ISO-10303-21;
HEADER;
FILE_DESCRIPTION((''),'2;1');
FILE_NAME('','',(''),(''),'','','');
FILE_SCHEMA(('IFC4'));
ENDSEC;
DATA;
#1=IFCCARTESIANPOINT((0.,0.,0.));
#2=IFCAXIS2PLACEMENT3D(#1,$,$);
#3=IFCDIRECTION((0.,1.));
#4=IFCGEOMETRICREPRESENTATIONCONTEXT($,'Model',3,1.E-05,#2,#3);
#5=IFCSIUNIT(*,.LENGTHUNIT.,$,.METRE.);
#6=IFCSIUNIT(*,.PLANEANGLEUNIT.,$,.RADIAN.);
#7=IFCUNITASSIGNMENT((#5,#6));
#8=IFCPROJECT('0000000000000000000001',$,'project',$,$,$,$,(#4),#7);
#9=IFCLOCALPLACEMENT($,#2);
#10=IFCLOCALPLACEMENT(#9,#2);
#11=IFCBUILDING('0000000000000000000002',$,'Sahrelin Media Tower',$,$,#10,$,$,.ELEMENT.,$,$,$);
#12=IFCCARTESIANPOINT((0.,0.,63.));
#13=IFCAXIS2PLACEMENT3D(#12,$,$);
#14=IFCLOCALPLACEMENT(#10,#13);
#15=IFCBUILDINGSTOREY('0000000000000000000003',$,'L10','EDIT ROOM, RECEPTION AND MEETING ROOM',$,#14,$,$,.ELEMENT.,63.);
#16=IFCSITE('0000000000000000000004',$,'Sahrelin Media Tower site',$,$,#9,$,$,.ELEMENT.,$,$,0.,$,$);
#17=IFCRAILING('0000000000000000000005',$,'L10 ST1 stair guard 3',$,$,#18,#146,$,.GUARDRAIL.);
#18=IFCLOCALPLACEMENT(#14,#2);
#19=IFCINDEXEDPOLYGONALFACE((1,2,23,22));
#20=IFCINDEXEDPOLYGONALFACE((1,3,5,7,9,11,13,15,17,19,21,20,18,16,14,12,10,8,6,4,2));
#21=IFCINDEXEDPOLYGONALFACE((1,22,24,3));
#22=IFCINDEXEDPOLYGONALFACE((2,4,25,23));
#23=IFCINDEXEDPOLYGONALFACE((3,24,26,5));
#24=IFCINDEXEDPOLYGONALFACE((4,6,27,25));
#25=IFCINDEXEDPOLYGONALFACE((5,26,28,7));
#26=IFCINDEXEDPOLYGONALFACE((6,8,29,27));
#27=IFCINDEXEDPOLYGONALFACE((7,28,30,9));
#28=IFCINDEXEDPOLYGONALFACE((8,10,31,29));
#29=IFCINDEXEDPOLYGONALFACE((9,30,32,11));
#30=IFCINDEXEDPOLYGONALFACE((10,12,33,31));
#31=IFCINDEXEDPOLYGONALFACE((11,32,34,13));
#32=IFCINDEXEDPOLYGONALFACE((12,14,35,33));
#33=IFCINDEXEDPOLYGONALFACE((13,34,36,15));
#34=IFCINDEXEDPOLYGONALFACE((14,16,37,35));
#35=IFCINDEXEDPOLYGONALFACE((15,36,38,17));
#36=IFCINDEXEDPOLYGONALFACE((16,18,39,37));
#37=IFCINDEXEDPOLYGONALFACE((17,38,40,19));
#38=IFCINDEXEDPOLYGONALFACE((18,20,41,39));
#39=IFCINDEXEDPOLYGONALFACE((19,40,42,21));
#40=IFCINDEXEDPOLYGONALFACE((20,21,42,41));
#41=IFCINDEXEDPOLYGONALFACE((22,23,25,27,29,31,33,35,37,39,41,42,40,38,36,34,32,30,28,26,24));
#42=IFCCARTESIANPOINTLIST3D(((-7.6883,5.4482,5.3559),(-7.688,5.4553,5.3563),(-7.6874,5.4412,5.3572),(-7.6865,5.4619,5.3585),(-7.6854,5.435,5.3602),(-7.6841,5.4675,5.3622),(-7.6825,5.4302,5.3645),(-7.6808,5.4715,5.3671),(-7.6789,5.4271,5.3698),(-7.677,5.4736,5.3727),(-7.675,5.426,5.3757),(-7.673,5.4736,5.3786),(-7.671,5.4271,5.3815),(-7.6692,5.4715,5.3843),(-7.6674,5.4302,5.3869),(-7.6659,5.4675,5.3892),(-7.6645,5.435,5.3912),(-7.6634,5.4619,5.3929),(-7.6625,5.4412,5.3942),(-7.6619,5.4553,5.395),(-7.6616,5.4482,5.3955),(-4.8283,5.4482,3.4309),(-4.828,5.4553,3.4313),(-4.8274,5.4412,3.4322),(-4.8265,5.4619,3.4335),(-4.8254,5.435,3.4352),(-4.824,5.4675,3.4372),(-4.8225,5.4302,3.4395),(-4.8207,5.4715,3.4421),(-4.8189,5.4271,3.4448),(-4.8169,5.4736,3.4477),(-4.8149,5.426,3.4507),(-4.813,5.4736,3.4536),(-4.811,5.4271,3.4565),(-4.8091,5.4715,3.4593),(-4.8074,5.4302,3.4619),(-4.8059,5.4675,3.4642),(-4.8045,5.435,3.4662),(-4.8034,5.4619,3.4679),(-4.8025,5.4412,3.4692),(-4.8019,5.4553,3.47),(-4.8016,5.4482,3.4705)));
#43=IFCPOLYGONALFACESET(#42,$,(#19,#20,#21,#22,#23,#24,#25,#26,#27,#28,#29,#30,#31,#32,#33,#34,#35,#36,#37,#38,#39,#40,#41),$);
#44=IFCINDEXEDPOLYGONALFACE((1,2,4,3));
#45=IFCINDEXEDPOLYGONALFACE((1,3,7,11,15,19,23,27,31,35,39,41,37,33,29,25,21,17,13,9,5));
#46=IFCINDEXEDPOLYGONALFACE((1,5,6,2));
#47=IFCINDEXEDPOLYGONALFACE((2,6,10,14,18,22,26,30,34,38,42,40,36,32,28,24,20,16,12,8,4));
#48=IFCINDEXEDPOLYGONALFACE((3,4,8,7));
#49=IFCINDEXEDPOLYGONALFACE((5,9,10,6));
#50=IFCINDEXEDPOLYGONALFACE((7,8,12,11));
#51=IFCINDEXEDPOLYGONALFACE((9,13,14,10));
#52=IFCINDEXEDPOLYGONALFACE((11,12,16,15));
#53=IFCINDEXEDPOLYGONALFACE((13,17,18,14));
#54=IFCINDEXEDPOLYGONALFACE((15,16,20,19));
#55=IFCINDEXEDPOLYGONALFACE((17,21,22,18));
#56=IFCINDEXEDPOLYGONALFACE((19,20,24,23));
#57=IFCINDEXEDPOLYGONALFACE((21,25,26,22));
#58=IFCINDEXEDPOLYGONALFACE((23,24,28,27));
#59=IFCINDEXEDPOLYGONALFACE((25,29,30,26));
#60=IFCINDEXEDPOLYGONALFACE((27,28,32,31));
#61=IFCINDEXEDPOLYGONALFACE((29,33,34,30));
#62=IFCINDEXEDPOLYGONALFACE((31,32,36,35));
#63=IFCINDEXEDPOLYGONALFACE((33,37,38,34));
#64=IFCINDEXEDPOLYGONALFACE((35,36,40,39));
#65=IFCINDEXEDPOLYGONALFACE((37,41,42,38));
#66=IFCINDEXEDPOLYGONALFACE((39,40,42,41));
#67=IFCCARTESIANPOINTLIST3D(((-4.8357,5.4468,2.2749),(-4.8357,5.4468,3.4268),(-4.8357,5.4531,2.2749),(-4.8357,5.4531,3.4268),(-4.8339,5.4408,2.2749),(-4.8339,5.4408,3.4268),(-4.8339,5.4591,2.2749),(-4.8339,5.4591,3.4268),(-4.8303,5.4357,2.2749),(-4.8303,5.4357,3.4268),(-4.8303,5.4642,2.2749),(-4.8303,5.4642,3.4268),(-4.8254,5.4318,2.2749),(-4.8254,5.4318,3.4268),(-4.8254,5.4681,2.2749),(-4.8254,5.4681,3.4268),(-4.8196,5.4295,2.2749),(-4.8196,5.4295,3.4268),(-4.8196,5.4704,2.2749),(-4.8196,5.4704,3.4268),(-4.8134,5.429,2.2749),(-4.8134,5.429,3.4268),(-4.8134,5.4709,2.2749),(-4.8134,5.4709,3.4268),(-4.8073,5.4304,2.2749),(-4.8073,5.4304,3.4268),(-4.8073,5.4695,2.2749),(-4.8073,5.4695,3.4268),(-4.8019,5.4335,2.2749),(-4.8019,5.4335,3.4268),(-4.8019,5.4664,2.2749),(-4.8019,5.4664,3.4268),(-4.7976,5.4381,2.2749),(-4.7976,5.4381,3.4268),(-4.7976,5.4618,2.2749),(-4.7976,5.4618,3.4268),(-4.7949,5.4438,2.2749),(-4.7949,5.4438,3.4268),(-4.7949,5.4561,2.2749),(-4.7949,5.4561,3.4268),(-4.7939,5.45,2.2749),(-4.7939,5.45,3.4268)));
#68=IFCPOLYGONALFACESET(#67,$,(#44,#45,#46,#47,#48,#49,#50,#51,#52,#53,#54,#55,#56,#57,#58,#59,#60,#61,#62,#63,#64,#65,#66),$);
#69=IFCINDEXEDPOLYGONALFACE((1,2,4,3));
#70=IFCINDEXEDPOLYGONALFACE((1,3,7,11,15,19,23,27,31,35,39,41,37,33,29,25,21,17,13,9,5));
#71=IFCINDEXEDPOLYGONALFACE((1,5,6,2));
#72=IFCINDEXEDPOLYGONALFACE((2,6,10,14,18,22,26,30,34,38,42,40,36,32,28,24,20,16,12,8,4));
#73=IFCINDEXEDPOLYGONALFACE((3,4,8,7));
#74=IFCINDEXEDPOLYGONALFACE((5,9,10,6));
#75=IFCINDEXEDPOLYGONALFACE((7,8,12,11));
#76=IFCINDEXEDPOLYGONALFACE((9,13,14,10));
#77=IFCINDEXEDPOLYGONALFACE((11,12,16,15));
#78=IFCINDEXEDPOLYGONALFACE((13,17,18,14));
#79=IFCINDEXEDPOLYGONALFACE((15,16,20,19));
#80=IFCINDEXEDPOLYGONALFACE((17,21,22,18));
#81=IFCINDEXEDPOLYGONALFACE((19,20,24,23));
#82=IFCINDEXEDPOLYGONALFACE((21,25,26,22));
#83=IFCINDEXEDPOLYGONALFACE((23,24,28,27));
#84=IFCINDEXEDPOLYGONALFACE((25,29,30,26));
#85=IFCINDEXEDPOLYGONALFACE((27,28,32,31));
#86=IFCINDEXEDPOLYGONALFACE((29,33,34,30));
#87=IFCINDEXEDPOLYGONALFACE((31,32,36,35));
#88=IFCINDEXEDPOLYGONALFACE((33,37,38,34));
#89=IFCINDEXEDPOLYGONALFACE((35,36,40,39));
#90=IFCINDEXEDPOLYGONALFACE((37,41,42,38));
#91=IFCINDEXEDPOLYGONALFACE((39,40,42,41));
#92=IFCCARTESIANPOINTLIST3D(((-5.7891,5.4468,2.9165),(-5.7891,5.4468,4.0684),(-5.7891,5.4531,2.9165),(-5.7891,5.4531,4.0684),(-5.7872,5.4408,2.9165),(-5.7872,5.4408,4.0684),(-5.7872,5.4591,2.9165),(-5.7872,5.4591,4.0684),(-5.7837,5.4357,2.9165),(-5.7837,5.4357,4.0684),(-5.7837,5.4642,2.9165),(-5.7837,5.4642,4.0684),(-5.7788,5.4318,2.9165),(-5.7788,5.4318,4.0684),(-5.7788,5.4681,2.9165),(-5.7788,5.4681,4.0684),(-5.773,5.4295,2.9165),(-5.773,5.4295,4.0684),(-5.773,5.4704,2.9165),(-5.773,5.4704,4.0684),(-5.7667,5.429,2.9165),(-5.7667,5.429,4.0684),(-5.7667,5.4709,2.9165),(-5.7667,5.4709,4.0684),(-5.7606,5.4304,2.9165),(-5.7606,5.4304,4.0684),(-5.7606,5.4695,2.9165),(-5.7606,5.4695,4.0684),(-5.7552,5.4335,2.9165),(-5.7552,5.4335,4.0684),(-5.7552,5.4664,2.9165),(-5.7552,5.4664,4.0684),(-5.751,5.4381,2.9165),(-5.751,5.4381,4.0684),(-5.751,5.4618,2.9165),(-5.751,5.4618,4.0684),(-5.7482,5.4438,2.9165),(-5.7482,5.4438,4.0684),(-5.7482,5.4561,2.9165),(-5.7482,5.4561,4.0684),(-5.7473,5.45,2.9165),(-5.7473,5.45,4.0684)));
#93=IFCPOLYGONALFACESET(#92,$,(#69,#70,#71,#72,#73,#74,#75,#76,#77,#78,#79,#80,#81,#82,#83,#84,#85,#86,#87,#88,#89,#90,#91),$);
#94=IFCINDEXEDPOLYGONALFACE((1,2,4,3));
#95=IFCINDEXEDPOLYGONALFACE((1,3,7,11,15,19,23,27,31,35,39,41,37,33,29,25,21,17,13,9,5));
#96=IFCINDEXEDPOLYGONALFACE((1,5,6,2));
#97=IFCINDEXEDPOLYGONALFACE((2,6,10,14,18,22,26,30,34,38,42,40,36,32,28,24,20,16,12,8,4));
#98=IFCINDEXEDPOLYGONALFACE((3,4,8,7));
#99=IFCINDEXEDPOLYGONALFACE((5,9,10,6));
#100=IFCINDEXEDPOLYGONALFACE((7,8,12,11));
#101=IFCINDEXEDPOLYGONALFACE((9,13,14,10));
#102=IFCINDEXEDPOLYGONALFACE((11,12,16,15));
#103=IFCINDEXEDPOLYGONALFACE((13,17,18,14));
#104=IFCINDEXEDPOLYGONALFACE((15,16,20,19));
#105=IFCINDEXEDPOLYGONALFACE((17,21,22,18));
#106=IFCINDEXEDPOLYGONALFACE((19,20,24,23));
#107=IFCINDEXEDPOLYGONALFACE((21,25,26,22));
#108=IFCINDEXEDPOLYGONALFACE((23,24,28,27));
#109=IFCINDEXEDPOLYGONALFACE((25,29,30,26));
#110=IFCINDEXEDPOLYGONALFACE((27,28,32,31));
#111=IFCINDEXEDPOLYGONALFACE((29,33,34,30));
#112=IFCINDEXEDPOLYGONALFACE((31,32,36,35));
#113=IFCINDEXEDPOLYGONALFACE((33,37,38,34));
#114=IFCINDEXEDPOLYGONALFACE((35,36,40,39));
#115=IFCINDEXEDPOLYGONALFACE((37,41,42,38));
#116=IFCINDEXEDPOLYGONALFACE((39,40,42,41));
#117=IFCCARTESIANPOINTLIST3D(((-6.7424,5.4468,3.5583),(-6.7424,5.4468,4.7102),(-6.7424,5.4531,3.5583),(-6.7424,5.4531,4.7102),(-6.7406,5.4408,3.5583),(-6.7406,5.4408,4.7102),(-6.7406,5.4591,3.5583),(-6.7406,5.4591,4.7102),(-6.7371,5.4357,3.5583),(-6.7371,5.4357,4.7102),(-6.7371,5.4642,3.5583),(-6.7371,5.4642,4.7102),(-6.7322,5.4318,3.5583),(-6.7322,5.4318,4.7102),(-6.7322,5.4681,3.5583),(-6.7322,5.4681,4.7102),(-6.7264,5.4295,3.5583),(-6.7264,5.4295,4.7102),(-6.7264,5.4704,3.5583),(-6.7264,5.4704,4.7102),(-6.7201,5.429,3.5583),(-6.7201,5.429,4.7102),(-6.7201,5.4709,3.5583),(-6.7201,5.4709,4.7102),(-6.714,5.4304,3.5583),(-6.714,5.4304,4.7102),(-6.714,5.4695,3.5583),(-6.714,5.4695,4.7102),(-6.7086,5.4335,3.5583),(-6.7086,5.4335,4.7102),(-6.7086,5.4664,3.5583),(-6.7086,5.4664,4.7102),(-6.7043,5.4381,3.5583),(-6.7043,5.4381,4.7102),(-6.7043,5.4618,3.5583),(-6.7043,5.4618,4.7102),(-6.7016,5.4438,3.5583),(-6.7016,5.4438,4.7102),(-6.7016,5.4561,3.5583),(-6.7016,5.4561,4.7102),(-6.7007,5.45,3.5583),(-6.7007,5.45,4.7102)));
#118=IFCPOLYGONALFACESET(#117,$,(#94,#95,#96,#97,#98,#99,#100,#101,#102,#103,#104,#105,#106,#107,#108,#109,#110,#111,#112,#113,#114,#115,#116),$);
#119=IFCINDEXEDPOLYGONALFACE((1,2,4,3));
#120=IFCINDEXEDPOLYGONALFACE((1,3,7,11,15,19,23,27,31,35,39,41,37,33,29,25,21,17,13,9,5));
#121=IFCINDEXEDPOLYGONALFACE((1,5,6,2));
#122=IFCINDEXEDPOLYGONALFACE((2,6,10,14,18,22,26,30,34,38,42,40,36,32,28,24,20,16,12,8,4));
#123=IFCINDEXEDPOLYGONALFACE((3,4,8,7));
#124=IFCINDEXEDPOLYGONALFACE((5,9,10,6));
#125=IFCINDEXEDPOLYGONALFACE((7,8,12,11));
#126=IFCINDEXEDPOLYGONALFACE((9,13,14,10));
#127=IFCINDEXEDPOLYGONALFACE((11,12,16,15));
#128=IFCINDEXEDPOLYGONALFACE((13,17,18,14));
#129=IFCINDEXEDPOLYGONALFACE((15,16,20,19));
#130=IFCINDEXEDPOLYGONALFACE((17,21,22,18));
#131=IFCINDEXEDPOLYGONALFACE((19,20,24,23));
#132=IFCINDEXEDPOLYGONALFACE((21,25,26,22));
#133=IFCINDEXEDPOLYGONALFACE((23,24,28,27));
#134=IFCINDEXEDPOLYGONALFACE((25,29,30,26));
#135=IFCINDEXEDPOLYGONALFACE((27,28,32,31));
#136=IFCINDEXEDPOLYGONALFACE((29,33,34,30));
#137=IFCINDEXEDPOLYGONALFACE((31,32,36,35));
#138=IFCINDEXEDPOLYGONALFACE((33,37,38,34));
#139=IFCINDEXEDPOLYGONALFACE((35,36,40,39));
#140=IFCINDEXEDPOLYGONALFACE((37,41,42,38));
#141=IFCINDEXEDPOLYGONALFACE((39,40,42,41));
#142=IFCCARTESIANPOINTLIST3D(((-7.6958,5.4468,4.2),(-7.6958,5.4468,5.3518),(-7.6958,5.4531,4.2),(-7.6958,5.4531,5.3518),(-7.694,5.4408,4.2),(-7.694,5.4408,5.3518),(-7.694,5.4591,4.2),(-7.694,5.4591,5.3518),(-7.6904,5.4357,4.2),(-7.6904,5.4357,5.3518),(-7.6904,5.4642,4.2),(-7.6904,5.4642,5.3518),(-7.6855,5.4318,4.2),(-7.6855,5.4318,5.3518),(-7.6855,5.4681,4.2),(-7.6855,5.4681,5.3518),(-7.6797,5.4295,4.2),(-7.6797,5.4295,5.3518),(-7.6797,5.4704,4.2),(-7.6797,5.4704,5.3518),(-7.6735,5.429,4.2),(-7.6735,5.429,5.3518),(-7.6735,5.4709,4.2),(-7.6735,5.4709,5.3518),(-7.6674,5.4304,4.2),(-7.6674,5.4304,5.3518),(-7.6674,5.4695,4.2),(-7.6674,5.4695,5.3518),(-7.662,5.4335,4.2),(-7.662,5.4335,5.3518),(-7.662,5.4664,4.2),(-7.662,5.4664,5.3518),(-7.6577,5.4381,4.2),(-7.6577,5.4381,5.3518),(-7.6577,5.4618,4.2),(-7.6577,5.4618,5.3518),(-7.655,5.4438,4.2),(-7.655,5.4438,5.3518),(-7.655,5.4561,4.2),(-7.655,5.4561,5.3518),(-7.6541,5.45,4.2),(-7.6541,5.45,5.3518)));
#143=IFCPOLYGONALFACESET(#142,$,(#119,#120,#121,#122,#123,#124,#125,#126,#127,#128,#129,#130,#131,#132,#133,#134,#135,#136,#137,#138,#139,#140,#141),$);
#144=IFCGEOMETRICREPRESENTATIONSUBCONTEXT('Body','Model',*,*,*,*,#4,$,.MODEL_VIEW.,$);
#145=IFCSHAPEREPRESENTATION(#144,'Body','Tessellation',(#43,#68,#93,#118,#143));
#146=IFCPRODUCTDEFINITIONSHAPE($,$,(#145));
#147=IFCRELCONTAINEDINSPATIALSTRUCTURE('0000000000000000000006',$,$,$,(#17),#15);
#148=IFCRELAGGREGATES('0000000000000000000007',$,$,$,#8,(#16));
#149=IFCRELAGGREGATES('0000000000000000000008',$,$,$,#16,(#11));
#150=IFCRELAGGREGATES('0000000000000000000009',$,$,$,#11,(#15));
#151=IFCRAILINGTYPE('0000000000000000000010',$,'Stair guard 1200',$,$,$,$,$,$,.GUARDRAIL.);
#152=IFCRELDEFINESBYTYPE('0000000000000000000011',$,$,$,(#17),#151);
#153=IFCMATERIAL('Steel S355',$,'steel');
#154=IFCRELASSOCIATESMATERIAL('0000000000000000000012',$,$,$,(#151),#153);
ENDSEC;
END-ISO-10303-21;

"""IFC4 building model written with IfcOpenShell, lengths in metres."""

from ifc_helpers import new_model, si_unit, direction, frame, origin, origin_2d, place, context, subcontext, project, spatial, circle, extrude, material, type_object, element, save


model = new_model("IFC4")

# Units and contexts
model_context = context("Model", 3, precision=1e-05, world=origin(), true_north=direction((0.0, 1.0)))
body_context = subcontext(model_context, "Body", "Model", "MODEL_VIEW")
ifc_project = project(units=[si_unit("LENGTHUNIT", "METRE"), si_unit("PLANEANGLEUNIT", "RADIAN")], contexts=[model_context])

# Site, building, storey
site_placement = place(None, origin())
site = spatial("IfcSite", under=ifc_project, at=site_placement, Name="Sahrelin Media Tower site", CompositionType="ELEMENT", RefElevation=0.0)
building_placement = place(site_placement, origin())
building = spatial("IfcBuilding", under=site, at=building_placement, Name="Sahrelin Media Tower", CompositionType="ELEMENT")
storey_placement = place(building_placement, frame((0.0, 0.0, 63.0)))
storey = spatial("IfcBuildingStorey", under=building, at=storey_placement, Name="L10", Description="EDIT ROOM, RECEPTION AND MEETING ROOM", CompositionType="ELEMENT", Elevation=63.0)

# Shared definitions
ifc_material_1 = material(Name="Steel S355", Category="steel")

# Railing
railing_type_1 = type_object("IfcRailingType", Name="Stair guard 1200", PredefinedType="GUARDRAIL", material=ifc_material_1)
railing_1_placement = place(storey_placement, frame((-4.8149, 5.45, 2.2749)))
element("IfcRailing", 1, at=railing_1_placement, inside=storey, type_object=railing_type_1, Name="L10 ST1 stair guard 3", PredefinedType="GUARDRAIL", context=body_context, shape_type="SweptSolid", body=[
    extrude(circle(Radius=0.0239, at=origin_2d()), frame((0.0, 0.0, 1.1758), z_axis=(-0.829591, 0.0, 0.558372), x_axis=(0.0, -1.0, 0.0)), (0.0, 0.0, 1.0), 3.4475),
    extrude(circle(Radius=0.021, at=origin_2d()), origin(), (0.0, 0.0, 1.0), 1.1519),
    extrude(circle(Radius=0.021, at=origin_2d()), frame((-0.9534, 0.0, 0.6416)), (0.0, 0.0, 1.0), 1.1519),
    extrude(circle(Radius=0.021, at=origin_2d()), frame((-1.9067, 0.0, 1.2834)), (0.0, 0.0, 1.0), 1.1519),
    extrude(circle(Radius=0.021, at=origin_2d()), frame((-2.8601, 0.0, 1.925)), (0.0, 0.0, 1.0), 1.1519),
])

save(model, "model.ifc")
